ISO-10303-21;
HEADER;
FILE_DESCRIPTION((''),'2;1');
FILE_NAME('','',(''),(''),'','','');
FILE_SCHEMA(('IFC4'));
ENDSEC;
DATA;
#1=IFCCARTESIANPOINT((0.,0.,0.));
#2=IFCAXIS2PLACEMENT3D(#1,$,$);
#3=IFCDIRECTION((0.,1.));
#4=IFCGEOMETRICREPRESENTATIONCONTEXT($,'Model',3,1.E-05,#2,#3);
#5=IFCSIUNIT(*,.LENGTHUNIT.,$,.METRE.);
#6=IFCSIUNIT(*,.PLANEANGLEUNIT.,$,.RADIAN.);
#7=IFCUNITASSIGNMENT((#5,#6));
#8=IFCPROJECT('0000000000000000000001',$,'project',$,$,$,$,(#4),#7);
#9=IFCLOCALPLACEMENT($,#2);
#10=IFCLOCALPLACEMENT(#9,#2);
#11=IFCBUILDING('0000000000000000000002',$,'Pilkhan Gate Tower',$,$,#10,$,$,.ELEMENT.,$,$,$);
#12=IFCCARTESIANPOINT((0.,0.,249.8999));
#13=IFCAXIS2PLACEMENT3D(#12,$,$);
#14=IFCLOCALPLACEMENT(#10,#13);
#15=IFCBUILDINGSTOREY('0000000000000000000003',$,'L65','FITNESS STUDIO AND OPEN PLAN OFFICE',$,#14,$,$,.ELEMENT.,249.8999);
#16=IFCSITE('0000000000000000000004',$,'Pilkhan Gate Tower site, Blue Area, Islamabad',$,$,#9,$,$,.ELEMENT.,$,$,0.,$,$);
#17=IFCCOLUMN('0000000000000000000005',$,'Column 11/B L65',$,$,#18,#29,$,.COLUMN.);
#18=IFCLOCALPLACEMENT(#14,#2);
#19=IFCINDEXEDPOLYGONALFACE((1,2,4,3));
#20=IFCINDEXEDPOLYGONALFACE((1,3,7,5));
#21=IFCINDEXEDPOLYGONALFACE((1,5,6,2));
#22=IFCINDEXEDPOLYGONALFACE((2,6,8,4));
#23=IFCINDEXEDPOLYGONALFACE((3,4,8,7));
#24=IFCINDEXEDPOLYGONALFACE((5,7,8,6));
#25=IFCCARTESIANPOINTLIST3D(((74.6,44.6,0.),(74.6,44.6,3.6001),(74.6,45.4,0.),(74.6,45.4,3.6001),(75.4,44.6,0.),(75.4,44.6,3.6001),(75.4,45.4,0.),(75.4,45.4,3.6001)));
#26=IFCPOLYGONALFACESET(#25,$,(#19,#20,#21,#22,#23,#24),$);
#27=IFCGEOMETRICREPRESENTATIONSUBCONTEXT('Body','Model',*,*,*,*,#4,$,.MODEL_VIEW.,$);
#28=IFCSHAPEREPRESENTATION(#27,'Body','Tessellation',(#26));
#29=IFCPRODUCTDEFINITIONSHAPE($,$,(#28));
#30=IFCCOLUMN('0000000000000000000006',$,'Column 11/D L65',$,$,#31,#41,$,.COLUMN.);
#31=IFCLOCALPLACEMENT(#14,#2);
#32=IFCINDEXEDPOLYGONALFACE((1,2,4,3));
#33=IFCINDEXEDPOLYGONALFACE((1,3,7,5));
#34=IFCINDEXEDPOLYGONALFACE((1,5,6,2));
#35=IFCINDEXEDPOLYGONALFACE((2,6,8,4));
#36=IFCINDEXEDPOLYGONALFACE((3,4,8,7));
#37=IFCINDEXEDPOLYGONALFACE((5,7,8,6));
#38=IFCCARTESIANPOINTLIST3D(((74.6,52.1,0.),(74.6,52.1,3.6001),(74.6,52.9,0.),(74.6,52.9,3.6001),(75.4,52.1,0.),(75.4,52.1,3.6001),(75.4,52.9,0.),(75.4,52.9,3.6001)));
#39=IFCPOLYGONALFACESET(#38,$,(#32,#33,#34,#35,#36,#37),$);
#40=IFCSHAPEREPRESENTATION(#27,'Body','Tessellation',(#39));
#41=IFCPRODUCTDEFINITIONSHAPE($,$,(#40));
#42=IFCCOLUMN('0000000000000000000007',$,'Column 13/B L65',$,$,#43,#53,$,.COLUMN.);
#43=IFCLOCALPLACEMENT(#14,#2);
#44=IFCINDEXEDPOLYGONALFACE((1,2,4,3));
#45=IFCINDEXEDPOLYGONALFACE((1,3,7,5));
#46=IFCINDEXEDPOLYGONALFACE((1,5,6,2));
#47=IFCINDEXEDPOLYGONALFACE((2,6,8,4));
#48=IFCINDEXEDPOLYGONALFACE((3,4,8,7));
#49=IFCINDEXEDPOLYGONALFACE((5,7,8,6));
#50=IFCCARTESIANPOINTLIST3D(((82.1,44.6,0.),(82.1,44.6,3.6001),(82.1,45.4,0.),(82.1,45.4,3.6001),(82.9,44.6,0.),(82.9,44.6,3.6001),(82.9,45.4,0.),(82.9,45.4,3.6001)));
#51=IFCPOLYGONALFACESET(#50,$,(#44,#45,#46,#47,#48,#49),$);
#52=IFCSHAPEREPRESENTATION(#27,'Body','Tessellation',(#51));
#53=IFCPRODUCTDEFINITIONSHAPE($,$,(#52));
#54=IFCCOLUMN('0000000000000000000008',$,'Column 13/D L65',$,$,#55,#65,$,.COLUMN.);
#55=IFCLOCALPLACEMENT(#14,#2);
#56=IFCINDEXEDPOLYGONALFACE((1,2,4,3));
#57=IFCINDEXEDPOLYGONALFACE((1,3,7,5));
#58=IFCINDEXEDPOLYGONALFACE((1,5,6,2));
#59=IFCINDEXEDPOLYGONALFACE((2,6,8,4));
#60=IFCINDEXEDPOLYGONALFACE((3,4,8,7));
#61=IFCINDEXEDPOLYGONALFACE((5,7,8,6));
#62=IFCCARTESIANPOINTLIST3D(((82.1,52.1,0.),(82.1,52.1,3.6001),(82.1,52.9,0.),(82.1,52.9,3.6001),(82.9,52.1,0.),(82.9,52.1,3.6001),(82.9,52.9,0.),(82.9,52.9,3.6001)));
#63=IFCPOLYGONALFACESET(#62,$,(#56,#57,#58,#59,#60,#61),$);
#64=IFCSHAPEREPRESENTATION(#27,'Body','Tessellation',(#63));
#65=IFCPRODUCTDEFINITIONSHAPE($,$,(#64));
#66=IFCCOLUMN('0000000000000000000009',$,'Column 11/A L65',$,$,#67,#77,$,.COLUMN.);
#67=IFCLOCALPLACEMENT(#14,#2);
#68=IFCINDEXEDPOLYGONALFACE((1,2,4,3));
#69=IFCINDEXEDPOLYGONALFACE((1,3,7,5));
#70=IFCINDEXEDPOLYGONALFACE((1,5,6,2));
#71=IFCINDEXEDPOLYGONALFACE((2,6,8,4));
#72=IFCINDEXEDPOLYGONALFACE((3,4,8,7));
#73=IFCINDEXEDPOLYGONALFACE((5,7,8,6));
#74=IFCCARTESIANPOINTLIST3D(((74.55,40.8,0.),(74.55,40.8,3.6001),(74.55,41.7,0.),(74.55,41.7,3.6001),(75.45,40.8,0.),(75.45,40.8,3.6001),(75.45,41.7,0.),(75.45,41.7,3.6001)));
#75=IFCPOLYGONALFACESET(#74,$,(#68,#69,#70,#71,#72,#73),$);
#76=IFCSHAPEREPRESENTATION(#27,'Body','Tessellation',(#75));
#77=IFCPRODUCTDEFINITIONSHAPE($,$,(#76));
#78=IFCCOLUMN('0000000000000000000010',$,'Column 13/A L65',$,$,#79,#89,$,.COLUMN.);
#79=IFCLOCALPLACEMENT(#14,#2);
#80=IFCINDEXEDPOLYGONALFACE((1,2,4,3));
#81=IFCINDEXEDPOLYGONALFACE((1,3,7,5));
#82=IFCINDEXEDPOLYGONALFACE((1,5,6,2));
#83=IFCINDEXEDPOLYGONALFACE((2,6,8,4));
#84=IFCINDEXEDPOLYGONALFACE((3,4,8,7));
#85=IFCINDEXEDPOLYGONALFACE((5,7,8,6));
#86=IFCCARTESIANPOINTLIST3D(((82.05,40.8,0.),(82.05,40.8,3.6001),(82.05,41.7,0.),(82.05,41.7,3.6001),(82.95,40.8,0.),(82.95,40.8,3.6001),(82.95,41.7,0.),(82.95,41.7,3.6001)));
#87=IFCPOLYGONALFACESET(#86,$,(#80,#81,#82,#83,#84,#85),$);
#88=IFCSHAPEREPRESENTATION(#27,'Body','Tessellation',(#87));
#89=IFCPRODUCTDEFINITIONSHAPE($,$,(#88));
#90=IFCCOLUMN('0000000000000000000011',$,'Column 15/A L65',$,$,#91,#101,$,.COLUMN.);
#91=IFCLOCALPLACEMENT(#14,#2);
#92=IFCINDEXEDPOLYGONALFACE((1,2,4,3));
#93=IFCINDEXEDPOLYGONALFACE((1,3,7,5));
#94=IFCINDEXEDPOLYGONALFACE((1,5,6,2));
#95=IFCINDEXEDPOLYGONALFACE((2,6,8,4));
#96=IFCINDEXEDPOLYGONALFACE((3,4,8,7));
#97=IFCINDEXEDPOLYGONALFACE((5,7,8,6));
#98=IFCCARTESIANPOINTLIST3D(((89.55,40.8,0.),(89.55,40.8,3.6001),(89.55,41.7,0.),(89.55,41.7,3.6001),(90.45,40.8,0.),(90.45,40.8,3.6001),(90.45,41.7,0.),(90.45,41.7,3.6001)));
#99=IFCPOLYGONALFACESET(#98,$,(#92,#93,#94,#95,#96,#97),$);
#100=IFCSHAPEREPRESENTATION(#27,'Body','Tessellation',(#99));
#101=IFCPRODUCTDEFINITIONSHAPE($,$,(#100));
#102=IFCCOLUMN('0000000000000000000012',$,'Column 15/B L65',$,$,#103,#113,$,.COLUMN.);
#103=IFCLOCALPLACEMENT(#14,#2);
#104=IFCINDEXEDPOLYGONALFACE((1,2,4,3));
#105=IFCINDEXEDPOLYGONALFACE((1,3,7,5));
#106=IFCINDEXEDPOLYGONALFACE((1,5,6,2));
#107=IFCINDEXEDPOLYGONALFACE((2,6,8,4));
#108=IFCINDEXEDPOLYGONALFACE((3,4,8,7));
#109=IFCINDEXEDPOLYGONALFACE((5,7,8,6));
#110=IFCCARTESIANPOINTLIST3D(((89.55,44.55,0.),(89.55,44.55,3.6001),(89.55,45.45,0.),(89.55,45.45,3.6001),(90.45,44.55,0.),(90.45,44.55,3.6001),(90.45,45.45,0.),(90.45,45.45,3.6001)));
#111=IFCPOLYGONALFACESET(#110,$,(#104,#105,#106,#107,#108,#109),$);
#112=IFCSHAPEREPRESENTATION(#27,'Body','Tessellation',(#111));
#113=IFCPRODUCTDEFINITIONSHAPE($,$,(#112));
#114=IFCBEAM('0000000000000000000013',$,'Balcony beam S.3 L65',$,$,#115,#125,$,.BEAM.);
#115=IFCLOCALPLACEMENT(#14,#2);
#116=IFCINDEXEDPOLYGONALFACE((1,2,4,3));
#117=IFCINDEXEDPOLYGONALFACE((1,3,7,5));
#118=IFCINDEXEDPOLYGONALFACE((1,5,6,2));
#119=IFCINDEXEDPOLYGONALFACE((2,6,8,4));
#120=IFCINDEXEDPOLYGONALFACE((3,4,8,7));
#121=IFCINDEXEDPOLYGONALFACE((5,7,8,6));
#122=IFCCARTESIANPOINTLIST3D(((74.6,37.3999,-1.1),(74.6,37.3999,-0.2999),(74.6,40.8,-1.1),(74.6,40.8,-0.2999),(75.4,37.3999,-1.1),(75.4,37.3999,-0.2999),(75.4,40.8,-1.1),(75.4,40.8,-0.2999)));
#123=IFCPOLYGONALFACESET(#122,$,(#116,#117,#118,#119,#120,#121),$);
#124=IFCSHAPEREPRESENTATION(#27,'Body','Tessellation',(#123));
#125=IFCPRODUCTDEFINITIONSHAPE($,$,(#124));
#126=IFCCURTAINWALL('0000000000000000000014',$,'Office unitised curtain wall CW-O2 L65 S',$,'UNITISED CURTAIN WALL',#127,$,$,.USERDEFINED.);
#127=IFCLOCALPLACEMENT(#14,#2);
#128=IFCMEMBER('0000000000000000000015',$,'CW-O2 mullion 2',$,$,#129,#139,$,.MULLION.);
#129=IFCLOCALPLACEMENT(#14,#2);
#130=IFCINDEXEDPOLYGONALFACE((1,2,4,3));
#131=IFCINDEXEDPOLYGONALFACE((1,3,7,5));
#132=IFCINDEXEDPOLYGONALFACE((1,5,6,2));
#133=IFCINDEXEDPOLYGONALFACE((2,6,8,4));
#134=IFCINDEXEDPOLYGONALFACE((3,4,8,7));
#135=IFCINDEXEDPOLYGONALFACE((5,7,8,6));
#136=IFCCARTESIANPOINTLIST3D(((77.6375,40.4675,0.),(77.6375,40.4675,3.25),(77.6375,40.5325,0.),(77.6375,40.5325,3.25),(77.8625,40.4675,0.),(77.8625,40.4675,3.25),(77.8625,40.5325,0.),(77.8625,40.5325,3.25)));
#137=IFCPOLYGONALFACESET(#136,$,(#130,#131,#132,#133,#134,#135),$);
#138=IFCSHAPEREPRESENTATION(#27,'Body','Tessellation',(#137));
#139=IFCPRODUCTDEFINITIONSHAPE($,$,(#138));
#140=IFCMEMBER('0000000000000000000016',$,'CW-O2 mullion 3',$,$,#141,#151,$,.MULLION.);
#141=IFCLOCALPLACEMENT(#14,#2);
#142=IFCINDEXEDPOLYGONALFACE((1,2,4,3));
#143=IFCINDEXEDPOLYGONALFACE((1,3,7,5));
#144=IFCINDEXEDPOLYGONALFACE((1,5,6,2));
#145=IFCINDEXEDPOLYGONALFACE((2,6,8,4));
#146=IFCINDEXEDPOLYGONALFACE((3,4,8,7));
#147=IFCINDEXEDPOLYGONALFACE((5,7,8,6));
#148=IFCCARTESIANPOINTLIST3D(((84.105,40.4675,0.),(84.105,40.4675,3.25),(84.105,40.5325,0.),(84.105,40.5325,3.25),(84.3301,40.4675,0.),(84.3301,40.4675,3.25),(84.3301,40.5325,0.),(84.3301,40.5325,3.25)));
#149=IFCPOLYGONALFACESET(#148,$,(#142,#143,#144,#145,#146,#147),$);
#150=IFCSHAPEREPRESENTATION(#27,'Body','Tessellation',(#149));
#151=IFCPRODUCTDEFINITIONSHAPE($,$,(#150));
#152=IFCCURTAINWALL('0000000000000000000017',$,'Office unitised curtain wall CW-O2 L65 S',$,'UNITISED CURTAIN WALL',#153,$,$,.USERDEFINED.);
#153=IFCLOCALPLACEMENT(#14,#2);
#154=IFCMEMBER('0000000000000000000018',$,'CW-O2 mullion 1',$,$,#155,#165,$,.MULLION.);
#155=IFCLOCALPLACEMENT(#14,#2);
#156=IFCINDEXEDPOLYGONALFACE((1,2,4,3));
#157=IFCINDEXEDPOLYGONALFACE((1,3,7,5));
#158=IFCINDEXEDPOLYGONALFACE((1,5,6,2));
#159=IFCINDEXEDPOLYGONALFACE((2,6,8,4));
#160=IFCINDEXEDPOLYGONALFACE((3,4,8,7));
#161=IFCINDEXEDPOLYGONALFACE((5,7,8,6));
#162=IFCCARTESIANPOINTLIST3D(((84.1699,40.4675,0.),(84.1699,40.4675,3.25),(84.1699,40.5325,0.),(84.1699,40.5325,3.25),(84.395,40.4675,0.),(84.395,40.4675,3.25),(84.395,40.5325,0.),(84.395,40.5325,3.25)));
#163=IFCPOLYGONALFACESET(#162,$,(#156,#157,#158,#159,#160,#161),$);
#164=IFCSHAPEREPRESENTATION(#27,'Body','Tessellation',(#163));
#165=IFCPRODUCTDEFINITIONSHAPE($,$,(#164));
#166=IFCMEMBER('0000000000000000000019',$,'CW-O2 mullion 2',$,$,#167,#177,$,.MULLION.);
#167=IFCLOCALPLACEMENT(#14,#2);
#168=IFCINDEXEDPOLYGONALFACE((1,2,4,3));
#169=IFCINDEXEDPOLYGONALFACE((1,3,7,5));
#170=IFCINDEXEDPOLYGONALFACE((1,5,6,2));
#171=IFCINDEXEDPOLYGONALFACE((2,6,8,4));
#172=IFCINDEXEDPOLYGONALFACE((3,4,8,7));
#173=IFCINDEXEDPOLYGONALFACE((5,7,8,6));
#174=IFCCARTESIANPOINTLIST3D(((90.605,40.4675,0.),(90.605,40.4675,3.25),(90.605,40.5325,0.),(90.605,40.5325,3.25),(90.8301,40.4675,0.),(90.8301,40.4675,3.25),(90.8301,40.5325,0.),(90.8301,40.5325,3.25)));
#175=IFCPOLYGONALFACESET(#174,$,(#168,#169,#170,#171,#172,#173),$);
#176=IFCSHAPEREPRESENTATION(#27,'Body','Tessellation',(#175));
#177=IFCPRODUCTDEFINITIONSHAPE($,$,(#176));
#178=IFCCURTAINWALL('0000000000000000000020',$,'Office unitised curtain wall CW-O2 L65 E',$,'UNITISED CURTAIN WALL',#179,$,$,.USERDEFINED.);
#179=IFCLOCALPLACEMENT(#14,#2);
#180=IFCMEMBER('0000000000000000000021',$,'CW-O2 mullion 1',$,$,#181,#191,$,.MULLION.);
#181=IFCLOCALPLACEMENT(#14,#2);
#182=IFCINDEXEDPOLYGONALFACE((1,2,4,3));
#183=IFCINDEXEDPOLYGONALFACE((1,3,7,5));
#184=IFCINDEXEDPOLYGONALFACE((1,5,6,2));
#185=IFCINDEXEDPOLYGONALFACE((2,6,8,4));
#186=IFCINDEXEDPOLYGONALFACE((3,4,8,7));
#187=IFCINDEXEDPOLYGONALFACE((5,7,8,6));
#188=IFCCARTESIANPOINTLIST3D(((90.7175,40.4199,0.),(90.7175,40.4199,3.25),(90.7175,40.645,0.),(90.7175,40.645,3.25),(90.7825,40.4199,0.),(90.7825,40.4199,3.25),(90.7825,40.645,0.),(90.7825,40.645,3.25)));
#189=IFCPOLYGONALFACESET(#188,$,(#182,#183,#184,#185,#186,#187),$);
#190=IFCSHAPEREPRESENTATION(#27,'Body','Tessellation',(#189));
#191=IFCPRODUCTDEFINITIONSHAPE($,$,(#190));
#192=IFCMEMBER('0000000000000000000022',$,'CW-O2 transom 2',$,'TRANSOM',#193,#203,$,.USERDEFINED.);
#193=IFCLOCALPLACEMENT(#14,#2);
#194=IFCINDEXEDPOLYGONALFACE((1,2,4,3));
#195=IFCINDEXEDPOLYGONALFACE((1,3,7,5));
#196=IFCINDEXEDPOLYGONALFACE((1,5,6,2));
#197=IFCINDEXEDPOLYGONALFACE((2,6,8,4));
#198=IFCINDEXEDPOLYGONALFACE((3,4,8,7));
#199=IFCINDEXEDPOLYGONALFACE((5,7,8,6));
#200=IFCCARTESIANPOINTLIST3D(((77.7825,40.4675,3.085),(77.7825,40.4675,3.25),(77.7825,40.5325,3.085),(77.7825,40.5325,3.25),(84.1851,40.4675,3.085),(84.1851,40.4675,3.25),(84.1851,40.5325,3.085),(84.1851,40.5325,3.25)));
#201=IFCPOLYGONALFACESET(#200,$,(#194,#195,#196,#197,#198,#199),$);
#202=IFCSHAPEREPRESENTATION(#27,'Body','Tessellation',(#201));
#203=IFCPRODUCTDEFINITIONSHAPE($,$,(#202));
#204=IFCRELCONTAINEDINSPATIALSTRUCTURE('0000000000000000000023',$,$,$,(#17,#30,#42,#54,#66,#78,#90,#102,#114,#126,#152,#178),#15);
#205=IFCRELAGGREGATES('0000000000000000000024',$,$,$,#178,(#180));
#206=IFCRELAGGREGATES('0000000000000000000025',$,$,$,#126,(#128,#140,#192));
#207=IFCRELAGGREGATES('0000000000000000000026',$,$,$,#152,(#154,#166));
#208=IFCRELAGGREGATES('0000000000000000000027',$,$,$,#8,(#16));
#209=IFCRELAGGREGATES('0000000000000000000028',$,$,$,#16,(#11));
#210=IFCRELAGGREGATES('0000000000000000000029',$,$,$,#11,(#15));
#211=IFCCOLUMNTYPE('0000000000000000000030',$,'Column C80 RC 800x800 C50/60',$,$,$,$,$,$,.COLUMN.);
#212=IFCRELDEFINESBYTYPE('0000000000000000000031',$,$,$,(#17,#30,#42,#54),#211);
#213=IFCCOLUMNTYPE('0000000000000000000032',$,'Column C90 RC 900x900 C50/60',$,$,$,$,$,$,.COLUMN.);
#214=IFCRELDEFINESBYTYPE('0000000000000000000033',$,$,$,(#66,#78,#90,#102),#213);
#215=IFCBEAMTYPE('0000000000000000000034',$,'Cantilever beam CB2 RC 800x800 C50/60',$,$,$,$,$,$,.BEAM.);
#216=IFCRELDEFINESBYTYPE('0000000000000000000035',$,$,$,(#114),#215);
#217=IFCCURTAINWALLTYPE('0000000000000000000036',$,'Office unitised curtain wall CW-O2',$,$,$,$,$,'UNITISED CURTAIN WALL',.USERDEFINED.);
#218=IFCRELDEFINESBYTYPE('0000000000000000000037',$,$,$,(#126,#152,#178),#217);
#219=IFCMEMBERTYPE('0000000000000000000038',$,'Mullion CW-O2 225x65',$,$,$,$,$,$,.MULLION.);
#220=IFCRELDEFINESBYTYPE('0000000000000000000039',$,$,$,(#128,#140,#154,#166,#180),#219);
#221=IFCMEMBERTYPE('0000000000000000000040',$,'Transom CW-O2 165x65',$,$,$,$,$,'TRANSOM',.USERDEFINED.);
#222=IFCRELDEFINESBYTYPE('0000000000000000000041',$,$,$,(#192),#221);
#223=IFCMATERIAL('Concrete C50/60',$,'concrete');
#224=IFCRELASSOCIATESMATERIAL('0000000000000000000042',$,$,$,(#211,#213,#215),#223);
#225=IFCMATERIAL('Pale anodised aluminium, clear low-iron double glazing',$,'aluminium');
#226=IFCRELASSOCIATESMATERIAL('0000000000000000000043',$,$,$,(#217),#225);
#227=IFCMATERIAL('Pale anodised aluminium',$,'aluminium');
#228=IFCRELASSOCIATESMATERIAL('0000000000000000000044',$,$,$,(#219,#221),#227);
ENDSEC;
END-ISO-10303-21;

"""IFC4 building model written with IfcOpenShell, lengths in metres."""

from ifc_helpers import new_model, si_unit, direction, frame, origin, origin_2d, place, context, subcontext, project, spatial, rectangle, extrude, material, material_profile, profile_set, type_object, element, aggregate, save


model = new_model("IFC4")

# Units and contexts
model_context = context("Model", 3, precision=1e-05, world=origin(), true_north=direction((0.0, 1.0)))
body_context = subcontext(model_context, "Body", "Model", "MODEL_VIEW")
ifc_project = project(units=[si_unit("LENGTHUNIT", "METRE"), si_unit("PLANEANGLEUNIT", "RADIAN")], contexts=[model_context])

# Site, building, storey
site_placement = place(None, origin())
site = spatial("IfcSite", under=ifc_project, at=site_placement, Name="Pilkhan Gate Tower site, Blue Area, Islamabad", CompositionType="ELEMENT", RefElevation=0.0)
building_placement = place(site_placement, origin())
building = spatial("IfcBuilding", under=site, at=building_placement, Name="Pilkhan Gate Tower", CompositionType="ELEMENT")
storey_placement = place(building_placement, frame((0.0, 0.0, 249.8999)))
storey = spatial("IfcBuildingStorey", under=building, at=storey_placement, Name="L65", Description="FITNESS STUDIO AND OPEN PLAN OFFICE", CompositionType="ELEMENT", Elevation=249.8999)

# Columns
ifc_material_1 = material(Name="Concrete C50/60", Category="concrete")
ifc_material_profile_1 = material_profile(ifc_material_1, rectangle(XDim=0.8, YDim=0.8, at=origin_2d()), Name="RC 800x800")
ifc_profile_set_1 = profile_set([ifc_material_profile_1], Name="Concrete C50/60")
column_type_1 = type_object("IfcColumnType", Name="Column C80 RC 800x800 C50/60", PredefinedType="COLUMN", material=ifc_profile_set_1)
for number, where, z_axis, x_axis, name in (
    (1, (75.0, 45.0, 0.0), (0.0, 0.0, 1.0), (1.0, 0.0, 0.0), "Column 11/B L65"),
    (2, (75.0, 52.5, 0.0), (0.0, 0.0, 1.0), (1.0, 0.0, 0.0), "Column 11/D L65"),
    (3, (82.5, 45.0, 0.0), (0.0, 0.0, 1.0), (1.0, 0.0, 0.0), "Column 13/B L65"),
    (4, (82.5, 52.5, 0.0), (0.0, 0.0, 1.0), (1.0, 0.0, 0.0), "Column 13/D L65"),
):
    element("IfcColumn", number, at=place(storey_placement, frame(where, z_axis=z_axis, x_axis=x_axis)), inside=storey, type_object=column_type_1, Name=name, PredefinedType="COLUMN", context=body_context, shape_type="SweptSolid", body=[
        extrude(rectangle(XDim=0.8, YDim=0.8, at=origin_2d()), origin(), (0.0, 0.0, 1.0), 3.6001),
    ])
ifc_material_profile_2 = material_profile(ifc_material_1, rectangle(XDim=0.8999, YDim=0.8999, at=origin_2d()), Name="RC 900x900")
ifc_profile_set_2 = profile_set([ifc_material_profile_2], Name="Concrete C50/60")
column_type_2 = type_object("IfcColumnType", Name="Column C90 RC 900x900 C50/60", PredefinedType="COLUMN", material=ifc_profile_set_2)
for number, where, z_axis, x_axis, name in (
    (5, (75.0, 41.25, 0.0), (0.0, 0.0, 1.0), (1.0, 0.0, 0.0), "Column 11/A L65"),
    (6, (82.5, 41.25, 0.0), (0.0, 0.0, 1.0), (1.0, 0.0, 0.0), "Column 13/A L65"),
    (7, (90.0, 41.25, 0.0), (0.0, 0.0, 1.0), (1.0, 0.0, 0.0), "Column 15/A L65"),
    (8, (90.0, 45.0, 0.0), (0.0, 0.0, 1.0), (1.0, 0.0, 0.0), "Column 15/B L65"),
):
    element("IfcColumn", number, at=place(storey_placement, frame(where, z_axis=z_axis, x_axis=x_axis)), inside=storey, type_object=column_type_2, Name=name, PredefinedType="COLUMN", context=body_context, shape_type="SweptSolid", body=[
        extrude(rectangle(XDim=0.8999, YDim=0.8999, at=origin_2d()), origin(), (0.0, 0.0, 1.0), 3.6001),
    ])

# Beam
ifc_material_profile_3 = material_profile(ifc_material_1, rectangle(XDim=0.8, YDim=0.8, at=origin_2d()), Name="RC 800x800")
ifc_profile_set_3 = profile_set([ifc_material_profile_3], Name="Concrete C50/60")
beam_type = type_object("IfcBeamType", Name="Cantilever beam CB2 RC 800x800 C50/60", PredefinedType="BEAM", material=ifc_profile_set_3)
beam_placement = place(storey_placement, frame((75.0, 40.8, -0.7), z_axis=(0.0, -1.0, 0.0), x_axis=(1.0, 0.0, 0.0)))
element("IfcBeam", 9, at=beam_placement, inside=storey, type_object=beam_type, Name="Balcony beam S.3 L65", PredefinedType="BEAM", context=body_context, shape_type="SweptSolid", body=[
    extrude(rectangle(XDim=0.8, YDim=0.8, at=origin_2d()), origin(), (0.0, 0.0, 1.0), 3.4001),
])

# Curtain walls, members
ifc_material_2 = material(Name="Pale anodised aluminium, clear low-iron double glazing", Category="aluminium")
curtain_wall_type = type_object("IfcCurtainWallType", Name="Office unitised curtain wall CW-O2", ElementType="UNITISED CURTAIN WALL", PredefinedType="USERDEFINED", material=ifc_material_2)
curtain_wall_1_placement = place(storey_placement, origin())
curtain_wall_1 = element("IfcCurtainWall", 10, at=curtain_wall_1_placement, inside=storey, type_object=curtain_wall_type, Name="Office unitised curtain wall CW-O2 L65 S", ObjectType="UNITISED CURTAIN WALL", PredefinedType="USERDEFINED")
ifc_material_3 = material(Name="Pale anodised aluminium", Category="aluminium")
ifc_material_profile_4 = material_profile(ifc_material_3, rectangle(XDim=0.0649, YDim=0.2251, at=origin_2d()), Name="Mullion 225x65")
ifc_profile_set_4 = profile_set([ifc_material_profile_4], Name="Pale anodised aluminium")
member_type_1 = type_object("IfcMemberType", Name="Mullion CW-O2 225x65", PredefinedType="MULLION", material=ifc_profile_set_4)
member_1_placement = place(storey_placement, frame((77.75, 40.5, 0.0), z_axis=(0.0, 0.0, 1.0), x_axis=(0.0, 1.0, 0.0)))
member_1 = element("IfcMember", 11, at=member_1_placement, type_object=member_type_1, Name="CW-O2 mullion 2", PredefinedType="MULLION", context=body_context, shape_type="SweptSolid", body=[
    extrude(rectangle(XDim=0.0649, YDim=0.2251, at=origin_2d()), origin(), (0.0, 0.0, 1.0), 3.25),
])
member_2_placement = place(storey_placement, frame((84.2175, 40.5, 0.0), z_axis=(0.0, 0.0, 1.0), x_axis=(0.0, 1.0, 0.0)))
member_2 = element("IfcMember", 12, at=member_2_placement, type_object=member_type_1, Name="CW-O2 mullion 3", PredefinedType="MULLION", context=body_context, shape_type="SweptSolid", body=[
    extrude(rectangle(XDim=0.0649, YDim=0.2251, at=origin_2d()), origin(), (0.0, 0.0, 1.0), 3.25),
])
curtain_wall_2_placement = place(storey_placement, origin())
curtain_wall_2 = element("IfcCurtainWall", 13, at=curtain_wall_2_placement, inside=storey, type_object=curtain_wall_type, Name="Office unitised curtain wall CW-O2 L65 S", ObjectType="UNITISED CURTAIN WALL", PredefinedType="USERDEFINED")
member_3_placement = place(storey_placement, frame((84.2825, 40.5, 0.0), z_axis=(0.0, 0.0, 1.0), x_axis=(0.0, 1.0, 0.0)))
member_3 = element("IfcMember", 14, at=member_3_placement, type_object=member_type_1, Name="CW-O2 mullion 1", PredefinedType="MULLION", context=body_context, shape_type="SweptSolid", body=[
    extrude(rectangle(XDim=0.0649, YDim=0.2251, at=origin_2d()), origin(), (0.0, 0.0, 1.0), 3.25),
])
member_4_placement = place(storey_placement, frame((90.7175, 40.5, 0.0), z_axis=(0.0, 0.0, 1.0), x_axis=(0.0, 1.0, 0.0)))
member_4 = element("IfcMember", 15, at=member_4_placement, type_object=member_type_1, Name="CW-O2 mullion 2", PredefinedType="MULLION", context=body_context, shape_type="SweptSolid", body=[
    extrude(rectangle(XDim=0.0649, YDim=0.2251, at=origin_2d()), origin(), (0.0, 0.0, 1.0), 3.25),
])

# Curtain wall, member
curtain_wall_3_placement = place(storey_placement, origin())
curtain_wall_3 = element("IfcCurtainWall", 16, at=curtain_wall_3_placement, inside=storey, type_object=curtain_wall_type, Name="Office unitised curtain wall CW-O2 L65 E", ObjectType="UNITISED CURTAIN WALL", PredefinedType="USERDEFINED")
member_5_placement = place(storey_placement, frame((90.75, 40.5325, 0.0), z_axis=(0.0, 0.0, 1.0), x_axis=(-1.0, 0.0, 0.0)))
member_5 = element("IfcMember", 17, at=member_5_placement, type_object=member_type_1, Name="CW-O2 mullion 1", PredefinedType="MULLION", context=body_context, shape_type="SweptSolid", body=[
    extrude(rectangle(XDim=0.0649, YDim=0.2251, at=origin_2d()), origin(), (0.0, 0.0, 1.0), 3.25),
])
aggregate(curtain_wall_3, [member_5])

# Member
ifc_material_profile_5 = material_profile(ifc_material_3, rectangle(XDim=0.0649, YDim=0.165, at=origin_2d()), Name="Transom 165x65")
ifc_profile_set_5 = profile_set([ifc_material_profile_5], Name="Pale anodised aluminium")
member_type_2 = type_object("IfcMemberType", Name="Transom CW-O2 165x65", ElementType="TRANSOM", PredefinedType="USERDEFINED", material=ifc_profile_set_5)
member_6_placement = place(storey_placement, frame((77.7825, 40.5, 3.1675), z_axis=(1.0, 0.0, 0.0), x_axis=(0.0, 1.0, 0.0)))
member_6 = element("IfcMember", 18, at=member_6_placement, type_object=member_type_2, Name="CW-O2 transom 2", ObjectType="TRANSOM", PredefinedType="USERDEFINED", context=body_context, shape_type="SweptSolid", body=[
    extrude(rectangle(XDim=0.0649, YDim=0.165, at=origin_2d()), origin(), (0.0, 0.0, 1.0), 6.4026),
])

aggregate(curtain_wall_1, [member_1, member_2, member_6])
aggregate(curtain_wall_2, [member_3, member_4])

save(model, "model.ifc")
